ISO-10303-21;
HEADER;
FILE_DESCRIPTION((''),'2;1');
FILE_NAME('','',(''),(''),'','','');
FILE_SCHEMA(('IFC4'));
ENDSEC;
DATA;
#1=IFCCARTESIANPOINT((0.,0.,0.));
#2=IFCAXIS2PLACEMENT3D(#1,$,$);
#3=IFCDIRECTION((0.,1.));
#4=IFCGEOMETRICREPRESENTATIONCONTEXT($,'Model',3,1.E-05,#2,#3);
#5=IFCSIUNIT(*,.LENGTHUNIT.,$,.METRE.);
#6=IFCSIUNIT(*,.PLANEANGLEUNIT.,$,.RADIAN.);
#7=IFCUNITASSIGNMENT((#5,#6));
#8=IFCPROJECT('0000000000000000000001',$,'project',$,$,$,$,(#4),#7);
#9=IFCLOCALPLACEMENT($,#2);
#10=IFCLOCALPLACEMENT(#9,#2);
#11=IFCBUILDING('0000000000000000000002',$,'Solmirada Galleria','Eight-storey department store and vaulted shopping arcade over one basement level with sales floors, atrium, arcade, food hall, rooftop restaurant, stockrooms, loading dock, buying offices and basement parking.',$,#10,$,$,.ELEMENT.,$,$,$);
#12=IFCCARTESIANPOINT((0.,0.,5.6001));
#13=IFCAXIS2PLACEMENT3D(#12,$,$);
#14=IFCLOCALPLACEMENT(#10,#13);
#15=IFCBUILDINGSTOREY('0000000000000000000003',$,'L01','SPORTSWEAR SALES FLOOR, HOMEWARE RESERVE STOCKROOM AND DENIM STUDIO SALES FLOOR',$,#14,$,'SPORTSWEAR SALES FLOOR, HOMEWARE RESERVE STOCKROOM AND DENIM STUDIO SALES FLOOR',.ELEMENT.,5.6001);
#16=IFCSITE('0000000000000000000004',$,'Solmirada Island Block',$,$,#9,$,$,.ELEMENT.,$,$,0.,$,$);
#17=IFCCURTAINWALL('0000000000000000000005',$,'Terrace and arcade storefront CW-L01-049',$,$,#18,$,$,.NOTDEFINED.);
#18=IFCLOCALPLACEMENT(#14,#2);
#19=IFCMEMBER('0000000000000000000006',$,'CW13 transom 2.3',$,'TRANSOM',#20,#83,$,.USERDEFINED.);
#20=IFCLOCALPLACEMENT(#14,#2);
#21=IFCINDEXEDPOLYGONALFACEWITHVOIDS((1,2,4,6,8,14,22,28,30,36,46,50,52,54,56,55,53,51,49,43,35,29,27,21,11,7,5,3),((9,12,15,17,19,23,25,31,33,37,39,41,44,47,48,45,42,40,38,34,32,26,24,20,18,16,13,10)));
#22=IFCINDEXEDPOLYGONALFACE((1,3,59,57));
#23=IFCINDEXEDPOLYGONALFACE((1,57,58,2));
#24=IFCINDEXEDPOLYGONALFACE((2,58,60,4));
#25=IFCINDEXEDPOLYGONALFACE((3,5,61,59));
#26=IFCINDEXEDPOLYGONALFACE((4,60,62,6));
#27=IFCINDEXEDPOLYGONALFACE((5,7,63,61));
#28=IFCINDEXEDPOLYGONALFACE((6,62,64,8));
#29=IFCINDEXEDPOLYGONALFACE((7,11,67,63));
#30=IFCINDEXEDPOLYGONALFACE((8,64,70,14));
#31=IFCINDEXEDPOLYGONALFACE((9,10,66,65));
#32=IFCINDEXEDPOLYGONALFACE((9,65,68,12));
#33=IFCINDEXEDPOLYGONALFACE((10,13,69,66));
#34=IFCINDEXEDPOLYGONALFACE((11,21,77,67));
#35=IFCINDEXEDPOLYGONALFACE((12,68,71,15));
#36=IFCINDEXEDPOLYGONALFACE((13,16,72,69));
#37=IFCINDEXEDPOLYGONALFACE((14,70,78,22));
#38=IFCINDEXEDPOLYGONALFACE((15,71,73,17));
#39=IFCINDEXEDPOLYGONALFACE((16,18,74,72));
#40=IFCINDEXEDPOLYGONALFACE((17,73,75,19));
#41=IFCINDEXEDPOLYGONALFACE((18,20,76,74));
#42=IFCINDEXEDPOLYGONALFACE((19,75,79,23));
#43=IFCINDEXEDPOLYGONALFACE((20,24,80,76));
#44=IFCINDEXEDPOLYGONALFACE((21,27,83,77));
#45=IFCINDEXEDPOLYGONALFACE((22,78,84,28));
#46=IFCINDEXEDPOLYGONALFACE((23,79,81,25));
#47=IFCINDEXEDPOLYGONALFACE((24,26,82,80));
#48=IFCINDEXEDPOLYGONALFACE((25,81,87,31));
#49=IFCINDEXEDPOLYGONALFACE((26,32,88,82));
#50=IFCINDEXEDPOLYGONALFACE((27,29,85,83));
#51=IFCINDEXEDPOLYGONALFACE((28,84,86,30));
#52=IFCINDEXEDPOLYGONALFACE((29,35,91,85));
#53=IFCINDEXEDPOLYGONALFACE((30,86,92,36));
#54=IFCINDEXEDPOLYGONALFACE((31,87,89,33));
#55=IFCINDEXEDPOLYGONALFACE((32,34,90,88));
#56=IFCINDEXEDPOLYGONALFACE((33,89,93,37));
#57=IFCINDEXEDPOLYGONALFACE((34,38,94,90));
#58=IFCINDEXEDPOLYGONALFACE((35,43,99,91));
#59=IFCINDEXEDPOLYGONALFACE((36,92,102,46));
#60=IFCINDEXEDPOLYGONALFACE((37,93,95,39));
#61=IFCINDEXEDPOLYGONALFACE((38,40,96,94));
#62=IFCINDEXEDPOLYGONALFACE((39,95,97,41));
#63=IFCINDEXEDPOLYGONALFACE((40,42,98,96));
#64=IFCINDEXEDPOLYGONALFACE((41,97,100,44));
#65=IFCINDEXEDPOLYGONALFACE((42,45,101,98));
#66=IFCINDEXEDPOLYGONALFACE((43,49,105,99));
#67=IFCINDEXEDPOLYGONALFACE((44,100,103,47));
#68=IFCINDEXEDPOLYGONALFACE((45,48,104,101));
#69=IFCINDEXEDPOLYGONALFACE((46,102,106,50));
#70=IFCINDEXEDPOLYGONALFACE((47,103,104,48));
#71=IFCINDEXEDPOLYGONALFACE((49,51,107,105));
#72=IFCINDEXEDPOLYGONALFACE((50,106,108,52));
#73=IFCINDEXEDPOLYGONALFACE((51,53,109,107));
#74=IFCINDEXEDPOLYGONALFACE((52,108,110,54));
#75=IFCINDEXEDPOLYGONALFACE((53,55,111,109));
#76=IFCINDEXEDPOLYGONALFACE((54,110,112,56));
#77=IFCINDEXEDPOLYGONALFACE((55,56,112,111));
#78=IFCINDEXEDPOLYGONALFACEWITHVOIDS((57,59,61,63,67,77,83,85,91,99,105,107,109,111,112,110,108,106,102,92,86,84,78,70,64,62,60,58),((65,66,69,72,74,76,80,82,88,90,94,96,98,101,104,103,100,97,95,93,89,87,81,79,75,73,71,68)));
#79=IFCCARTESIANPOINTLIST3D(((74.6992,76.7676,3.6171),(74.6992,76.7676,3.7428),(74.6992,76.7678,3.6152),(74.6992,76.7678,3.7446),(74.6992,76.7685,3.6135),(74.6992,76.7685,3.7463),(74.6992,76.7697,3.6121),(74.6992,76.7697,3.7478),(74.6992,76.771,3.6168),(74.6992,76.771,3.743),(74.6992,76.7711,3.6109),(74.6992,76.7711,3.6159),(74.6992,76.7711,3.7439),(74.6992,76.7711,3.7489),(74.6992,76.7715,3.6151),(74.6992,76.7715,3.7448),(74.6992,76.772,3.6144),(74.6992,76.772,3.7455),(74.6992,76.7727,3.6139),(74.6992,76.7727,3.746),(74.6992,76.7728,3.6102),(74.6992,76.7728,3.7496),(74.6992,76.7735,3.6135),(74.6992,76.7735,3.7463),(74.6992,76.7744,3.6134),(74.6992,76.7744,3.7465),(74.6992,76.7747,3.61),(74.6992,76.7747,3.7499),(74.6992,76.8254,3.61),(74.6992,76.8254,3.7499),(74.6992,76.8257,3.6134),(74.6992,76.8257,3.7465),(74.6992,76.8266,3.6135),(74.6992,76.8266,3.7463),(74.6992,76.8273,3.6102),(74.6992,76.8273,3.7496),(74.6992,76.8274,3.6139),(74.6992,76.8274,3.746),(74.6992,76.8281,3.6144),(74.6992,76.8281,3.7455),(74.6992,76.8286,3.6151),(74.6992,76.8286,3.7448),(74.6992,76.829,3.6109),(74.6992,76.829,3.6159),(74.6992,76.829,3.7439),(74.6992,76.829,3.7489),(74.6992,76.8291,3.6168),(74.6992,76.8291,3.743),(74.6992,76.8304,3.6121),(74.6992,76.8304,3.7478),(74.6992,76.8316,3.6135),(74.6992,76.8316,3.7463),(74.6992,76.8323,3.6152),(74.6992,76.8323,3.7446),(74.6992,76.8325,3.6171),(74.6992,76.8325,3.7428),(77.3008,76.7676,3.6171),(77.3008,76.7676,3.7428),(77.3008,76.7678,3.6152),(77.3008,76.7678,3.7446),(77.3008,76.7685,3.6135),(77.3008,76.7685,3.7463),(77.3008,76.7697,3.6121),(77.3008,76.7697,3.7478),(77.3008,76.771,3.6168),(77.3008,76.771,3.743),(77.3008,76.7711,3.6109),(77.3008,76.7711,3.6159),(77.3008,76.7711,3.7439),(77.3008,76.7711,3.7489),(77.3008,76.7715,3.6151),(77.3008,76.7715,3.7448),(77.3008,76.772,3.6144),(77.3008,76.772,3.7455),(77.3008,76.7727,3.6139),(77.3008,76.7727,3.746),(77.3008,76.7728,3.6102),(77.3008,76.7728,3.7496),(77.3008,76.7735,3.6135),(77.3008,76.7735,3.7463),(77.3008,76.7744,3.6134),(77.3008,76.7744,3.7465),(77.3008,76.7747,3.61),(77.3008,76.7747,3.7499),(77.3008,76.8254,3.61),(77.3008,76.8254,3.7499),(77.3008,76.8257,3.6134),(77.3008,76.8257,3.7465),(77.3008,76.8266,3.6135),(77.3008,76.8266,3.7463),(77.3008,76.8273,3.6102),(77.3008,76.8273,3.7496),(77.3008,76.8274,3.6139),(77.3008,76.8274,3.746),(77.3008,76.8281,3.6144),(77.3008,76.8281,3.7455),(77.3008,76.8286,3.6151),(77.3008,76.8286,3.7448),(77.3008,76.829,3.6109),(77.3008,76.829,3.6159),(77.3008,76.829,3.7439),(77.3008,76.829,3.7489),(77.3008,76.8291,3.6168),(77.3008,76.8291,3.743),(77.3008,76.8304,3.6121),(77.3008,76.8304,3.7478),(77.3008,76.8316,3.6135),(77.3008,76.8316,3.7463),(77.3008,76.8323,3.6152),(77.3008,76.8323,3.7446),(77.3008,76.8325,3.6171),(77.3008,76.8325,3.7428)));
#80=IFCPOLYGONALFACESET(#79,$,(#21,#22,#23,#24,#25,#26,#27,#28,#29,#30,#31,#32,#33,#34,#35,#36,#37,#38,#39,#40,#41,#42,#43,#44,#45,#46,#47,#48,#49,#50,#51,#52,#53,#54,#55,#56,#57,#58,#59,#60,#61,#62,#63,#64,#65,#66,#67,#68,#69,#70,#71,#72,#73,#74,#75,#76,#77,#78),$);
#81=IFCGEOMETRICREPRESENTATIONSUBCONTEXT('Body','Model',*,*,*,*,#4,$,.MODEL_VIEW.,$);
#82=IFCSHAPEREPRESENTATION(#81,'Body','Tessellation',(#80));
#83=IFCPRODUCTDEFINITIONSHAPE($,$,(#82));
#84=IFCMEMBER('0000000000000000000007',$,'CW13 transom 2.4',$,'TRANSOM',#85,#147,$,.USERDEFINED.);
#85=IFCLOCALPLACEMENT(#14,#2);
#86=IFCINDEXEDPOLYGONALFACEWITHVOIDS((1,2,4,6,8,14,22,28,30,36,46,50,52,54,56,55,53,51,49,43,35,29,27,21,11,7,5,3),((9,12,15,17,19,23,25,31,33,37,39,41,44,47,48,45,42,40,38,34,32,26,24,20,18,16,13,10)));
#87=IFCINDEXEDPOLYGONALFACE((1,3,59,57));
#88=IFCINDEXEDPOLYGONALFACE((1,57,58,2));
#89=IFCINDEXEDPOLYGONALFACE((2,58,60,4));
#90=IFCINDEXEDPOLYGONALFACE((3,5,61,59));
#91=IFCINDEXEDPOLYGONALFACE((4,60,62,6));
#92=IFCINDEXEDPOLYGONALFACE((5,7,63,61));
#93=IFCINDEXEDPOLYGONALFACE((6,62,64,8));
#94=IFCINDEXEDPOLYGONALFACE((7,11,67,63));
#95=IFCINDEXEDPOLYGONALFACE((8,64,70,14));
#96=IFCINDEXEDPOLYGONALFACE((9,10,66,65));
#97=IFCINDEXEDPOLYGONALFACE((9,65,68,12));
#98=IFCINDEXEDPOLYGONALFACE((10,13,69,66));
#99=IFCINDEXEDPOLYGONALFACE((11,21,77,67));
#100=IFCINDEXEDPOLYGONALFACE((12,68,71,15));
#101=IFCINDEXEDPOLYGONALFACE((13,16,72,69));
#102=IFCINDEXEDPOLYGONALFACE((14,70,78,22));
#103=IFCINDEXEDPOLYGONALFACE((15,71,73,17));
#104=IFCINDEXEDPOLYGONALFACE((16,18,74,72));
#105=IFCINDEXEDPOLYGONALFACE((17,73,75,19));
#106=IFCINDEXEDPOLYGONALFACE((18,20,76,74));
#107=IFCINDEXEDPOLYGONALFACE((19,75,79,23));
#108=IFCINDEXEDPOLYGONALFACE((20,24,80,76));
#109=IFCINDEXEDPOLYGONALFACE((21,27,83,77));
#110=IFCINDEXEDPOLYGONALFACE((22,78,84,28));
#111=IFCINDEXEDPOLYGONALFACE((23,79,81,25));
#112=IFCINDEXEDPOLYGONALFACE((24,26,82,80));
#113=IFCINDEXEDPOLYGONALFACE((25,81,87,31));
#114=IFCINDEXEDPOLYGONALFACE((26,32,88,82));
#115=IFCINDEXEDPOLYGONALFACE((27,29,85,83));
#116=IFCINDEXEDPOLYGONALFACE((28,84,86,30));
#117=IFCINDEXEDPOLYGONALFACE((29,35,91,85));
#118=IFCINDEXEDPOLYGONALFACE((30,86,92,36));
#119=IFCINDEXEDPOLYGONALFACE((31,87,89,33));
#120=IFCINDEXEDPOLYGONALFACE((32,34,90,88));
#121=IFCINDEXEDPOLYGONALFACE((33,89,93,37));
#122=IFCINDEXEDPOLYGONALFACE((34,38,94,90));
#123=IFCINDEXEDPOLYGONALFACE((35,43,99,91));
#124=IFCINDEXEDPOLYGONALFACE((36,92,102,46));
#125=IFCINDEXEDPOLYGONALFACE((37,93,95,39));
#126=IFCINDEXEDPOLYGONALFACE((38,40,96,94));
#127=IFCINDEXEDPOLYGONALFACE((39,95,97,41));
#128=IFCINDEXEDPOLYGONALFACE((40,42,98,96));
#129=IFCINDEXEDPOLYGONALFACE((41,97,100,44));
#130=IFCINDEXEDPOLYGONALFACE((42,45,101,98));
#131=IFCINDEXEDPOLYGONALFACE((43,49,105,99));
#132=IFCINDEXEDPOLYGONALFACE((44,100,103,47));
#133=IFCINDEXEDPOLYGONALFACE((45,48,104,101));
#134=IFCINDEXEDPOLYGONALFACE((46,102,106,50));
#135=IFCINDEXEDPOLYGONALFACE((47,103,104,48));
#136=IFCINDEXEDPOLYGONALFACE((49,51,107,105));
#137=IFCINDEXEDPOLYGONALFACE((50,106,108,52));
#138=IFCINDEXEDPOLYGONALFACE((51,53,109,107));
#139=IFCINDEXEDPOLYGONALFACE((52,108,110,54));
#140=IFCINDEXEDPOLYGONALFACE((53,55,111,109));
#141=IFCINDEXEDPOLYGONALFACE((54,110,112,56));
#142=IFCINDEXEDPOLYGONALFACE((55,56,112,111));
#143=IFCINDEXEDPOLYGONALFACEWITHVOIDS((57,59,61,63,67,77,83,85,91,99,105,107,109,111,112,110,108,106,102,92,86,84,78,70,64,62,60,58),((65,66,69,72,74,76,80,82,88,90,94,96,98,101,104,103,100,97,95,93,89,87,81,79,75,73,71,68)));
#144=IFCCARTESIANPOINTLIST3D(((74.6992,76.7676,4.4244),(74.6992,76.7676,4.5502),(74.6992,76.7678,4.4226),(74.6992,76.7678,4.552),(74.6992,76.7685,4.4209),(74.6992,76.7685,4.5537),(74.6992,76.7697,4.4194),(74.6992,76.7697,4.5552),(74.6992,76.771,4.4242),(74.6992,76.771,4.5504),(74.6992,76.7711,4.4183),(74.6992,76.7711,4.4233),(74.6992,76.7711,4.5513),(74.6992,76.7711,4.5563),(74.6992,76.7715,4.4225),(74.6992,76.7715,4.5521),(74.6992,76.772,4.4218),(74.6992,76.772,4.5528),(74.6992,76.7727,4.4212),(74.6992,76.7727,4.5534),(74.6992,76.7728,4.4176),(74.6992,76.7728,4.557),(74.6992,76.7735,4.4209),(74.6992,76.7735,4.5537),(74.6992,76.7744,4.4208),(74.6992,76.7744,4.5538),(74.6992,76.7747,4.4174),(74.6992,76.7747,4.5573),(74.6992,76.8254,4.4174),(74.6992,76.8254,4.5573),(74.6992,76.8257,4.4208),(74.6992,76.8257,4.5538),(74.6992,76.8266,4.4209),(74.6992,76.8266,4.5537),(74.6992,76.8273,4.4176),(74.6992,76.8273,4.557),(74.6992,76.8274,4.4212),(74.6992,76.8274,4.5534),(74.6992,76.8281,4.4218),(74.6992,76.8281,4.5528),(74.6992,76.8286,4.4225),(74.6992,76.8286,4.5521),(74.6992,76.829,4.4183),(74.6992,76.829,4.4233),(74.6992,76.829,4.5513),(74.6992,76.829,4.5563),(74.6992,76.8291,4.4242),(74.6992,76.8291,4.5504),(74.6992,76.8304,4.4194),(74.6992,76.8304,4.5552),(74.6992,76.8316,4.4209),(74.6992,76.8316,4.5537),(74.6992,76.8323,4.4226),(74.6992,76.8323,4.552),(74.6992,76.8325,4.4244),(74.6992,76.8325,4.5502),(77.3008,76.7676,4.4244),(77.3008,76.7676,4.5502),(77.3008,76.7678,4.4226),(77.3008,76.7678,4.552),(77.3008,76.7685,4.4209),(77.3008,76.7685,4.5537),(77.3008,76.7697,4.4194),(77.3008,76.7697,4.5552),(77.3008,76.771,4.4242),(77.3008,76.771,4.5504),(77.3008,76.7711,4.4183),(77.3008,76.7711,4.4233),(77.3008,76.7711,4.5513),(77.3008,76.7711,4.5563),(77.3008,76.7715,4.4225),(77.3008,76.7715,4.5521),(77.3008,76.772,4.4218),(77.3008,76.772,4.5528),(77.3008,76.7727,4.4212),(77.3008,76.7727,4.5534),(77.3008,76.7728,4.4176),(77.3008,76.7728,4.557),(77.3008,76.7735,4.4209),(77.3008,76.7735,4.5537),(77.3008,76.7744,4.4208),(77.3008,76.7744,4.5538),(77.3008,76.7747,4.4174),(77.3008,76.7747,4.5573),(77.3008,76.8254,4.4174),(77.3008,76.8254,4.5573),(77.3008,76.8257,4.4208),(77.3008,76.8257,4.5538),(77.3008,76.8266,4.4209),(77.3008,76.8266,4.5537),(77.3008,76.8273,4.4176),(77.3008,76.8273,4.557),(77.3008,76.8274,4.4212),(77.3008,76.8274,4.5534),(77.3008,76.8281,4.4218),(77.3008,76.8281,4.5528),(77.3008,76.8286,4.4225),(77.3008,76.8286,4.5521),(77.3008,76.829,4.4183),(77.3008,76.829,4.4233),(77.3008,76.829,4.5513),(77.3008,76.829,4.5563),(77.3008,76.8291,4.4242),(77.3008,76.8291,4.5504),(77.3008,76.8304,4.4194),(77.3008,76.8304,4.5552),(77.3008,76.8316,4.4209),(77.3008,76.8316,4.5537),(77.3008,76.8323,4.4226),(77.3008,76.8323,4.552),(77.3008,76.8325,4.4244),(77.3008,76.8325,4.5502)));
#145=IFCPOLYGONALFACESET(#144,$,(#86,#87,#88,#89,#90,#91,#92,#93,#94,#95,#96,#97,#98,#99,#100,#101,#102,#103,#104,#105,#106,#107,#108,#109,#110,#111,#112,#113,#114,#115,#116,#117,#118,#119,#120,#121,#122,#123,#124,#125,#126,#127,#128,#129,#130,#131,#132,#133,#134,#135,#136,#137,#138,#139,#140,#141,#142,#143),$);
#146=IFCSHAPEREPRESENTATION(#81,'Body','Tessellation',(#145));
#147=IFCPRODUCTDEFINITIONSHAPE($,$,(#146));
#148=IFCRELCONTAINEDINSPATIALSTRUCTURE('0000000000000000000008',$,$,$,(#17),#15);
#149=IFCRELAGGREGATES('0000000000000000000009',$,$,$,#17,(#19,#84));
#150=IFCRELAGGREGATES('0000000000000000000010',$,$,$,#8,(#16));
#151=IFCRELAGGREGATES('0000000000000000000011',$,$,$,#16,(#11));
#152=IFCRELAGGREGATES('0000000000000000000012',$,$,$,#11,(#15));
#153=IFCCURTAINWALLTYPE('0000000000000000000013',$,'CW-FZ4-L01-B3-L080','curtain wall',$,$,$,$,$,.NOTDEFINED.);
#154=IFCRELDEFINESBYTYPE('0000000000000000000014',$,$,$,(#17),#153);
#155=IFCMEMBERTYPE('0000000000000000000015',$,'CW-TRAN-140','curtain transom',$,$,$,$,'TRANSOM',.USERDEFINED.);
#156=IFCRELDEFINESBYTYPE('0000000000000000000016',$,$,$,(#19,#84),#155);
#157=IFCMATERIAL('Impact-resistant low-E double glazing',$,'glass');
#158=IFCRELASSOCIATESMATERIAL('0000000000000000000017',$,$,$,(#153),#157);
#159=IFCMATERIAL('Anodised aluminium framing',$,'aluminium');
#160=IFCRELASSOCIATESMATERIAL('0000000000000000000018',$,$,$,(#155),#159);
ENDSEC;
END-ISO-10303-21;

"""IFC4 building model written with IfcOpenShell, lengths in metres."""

from ifc_helpers import new_model, si_unit, direction, frame, origin, origin_2d, place, context, subcontext, project, spatial, hollow_rectangle, extrude, material, material_profile, profile_set, type_object, element, aggregate, save


model = new_model("IFC4")

# Units and contexts
model_context = context("Model", 3, precision=1e-05, world=origin(), true_north=direction((0.0, 1.0)))
body_context = subcontext(model_context, "Body", "Model", "MODEL_VIEW")
ifc_project = project(units=[si_unit("LENGTHUNIT", "METRE"), si_unit("PLANEANGLEUNIT", "RADIAN")], contexts=[model_context])

# Site, building, storey
site_placement = place(None, origin())
site = spatial("IfcSite", under=ifc_project, at=site_placement, Name="Solmirada Island Block", CompositionType="ELEMENT", RefElevation=0.0)
building_placement = place(site_placement, origin())
building = spatial("IfcBuilding", under=site, at=building_placement, Name="Solmirada Galleria", Description="Eight-storey department store and vaulted shopping arcade over one basement level with sales floors, atrium, arcade, food hall, rooftop restaurant, stockrooms, loading dock, buying offices and basement parking.", CompositionType="ELEMENT")
storey_placement = place(building_placement, frame((0.0, 0.0, 5.6001)))
storey = spatial("IfcBuildingStorey", under=building, at=storey_placement, Name="L01", Description="SPORTSWEAR SALES FLOOR, HOMEWARE RESERVE STOCKROOM AND DENIM STUDIO SALES FLOOR", LongName="SPORTSWEAR SALES FLOOR, HOMEWARE RESERVE STOCKROOM AND DENIM STUDIO SALES FLOOR", CompositionType="ELEMENT", Elevation=5.6001)

# Curtain wall
ifc_material_1 = material(Name="Impact-resistant low-E double glazing", Category="glass")
curtain_wall_type = type_object("IfcCurtainWallType", Name="CW-FZ4-L01-B3-L080", Description="curtain wall", PredefinedType="NOTDEFINED", material=ifc_material_1)
curtain_wall_1_placement = place(storey_placement, origin())
curtain_wall_1 = element("IfcCurtainWall", 1, at=curtain_wall_1_placement, inside=storey, type_object=curtain_wall_type, Name="Terrace and arcade storefront CW-L01-049", PredefinedType="NOTDEFINED")
ifc_material_2 = material(Name="Anodised aluminium framing", Category="aluminium")

# Members
ifc_material_profile_1 = material_profile(ifc_material_2, hollow_rectangle(XDim=0.0649, YDim=0.1399, WallThickness=0.0034, InnerFilletRadius=0.0034, OuterFilletRadius=0.0071, at=origin_2d()), Name="ALU-TRAN-140X65")
ifc_profile_set_1 = profile_set([ifc_material_profile_1], Name="Anodised aluminium framing")
member_type_1 = type_object("IfcMemberType", Name="CW-TRAN-140", Description="curtain transom", ElementType="TRANSOM", PredefinedType="USERDEFINED", material=ifc_profile_set_1)
member_1_placement = place(storey_placement, frame((77.3008, 76.8, 3.6799), z_axis=(-1.0, 0.0, 0.0), x_axis=(0.0, -1.0, 0.0)))
member_1 = element("IfcMember", 2, at=member_1_placement, type_object=member_type_1, Name="CW13 transom 2.3", ObjectType="TRANSOM", PredefinedType="USERDEFINED", context=body_context, shape_type="SweptSolid", body=[
    extrude(hollow_rectangle(XDim=0.0649, YDim=0.1399, WallThickness=0.0034, InnerFilletRadius=0.0034, OuterFilletRadius=0.0071, at=origin_2d()), origin(), (0.0, 0.0, 1.0), 2.6016),
])
member_2_placement = place(storey_placement, frame((77.3008, 76.8, 4.4873), z_axis=(-1.0, 0.0, 0.0), x_axis=(0.0, -1.0, 0.0)))
member_2 = element("IfcMember", 3, at=member_2_placement, type_object=member_type_1, Name="CW13 transom 2.4", ObjectType="TRANSOM", PredefinedType="USERDEFINED", context=body_context, shape_type="SweptSolid", body=[
    extrude(hollow_rectangle(XDim=0.0649, YDim=0.1399, WallThickness=0.0034, InnerFilletRadius=0.0034, OuterFilletRadius=0.0071, at=origin_2d()), origin(), (0.0, 0.0, 1.0), 2.6016),
])

aggregate(curtain_wall_1, [member_1, member_2])

save(model, "model.ifc")
